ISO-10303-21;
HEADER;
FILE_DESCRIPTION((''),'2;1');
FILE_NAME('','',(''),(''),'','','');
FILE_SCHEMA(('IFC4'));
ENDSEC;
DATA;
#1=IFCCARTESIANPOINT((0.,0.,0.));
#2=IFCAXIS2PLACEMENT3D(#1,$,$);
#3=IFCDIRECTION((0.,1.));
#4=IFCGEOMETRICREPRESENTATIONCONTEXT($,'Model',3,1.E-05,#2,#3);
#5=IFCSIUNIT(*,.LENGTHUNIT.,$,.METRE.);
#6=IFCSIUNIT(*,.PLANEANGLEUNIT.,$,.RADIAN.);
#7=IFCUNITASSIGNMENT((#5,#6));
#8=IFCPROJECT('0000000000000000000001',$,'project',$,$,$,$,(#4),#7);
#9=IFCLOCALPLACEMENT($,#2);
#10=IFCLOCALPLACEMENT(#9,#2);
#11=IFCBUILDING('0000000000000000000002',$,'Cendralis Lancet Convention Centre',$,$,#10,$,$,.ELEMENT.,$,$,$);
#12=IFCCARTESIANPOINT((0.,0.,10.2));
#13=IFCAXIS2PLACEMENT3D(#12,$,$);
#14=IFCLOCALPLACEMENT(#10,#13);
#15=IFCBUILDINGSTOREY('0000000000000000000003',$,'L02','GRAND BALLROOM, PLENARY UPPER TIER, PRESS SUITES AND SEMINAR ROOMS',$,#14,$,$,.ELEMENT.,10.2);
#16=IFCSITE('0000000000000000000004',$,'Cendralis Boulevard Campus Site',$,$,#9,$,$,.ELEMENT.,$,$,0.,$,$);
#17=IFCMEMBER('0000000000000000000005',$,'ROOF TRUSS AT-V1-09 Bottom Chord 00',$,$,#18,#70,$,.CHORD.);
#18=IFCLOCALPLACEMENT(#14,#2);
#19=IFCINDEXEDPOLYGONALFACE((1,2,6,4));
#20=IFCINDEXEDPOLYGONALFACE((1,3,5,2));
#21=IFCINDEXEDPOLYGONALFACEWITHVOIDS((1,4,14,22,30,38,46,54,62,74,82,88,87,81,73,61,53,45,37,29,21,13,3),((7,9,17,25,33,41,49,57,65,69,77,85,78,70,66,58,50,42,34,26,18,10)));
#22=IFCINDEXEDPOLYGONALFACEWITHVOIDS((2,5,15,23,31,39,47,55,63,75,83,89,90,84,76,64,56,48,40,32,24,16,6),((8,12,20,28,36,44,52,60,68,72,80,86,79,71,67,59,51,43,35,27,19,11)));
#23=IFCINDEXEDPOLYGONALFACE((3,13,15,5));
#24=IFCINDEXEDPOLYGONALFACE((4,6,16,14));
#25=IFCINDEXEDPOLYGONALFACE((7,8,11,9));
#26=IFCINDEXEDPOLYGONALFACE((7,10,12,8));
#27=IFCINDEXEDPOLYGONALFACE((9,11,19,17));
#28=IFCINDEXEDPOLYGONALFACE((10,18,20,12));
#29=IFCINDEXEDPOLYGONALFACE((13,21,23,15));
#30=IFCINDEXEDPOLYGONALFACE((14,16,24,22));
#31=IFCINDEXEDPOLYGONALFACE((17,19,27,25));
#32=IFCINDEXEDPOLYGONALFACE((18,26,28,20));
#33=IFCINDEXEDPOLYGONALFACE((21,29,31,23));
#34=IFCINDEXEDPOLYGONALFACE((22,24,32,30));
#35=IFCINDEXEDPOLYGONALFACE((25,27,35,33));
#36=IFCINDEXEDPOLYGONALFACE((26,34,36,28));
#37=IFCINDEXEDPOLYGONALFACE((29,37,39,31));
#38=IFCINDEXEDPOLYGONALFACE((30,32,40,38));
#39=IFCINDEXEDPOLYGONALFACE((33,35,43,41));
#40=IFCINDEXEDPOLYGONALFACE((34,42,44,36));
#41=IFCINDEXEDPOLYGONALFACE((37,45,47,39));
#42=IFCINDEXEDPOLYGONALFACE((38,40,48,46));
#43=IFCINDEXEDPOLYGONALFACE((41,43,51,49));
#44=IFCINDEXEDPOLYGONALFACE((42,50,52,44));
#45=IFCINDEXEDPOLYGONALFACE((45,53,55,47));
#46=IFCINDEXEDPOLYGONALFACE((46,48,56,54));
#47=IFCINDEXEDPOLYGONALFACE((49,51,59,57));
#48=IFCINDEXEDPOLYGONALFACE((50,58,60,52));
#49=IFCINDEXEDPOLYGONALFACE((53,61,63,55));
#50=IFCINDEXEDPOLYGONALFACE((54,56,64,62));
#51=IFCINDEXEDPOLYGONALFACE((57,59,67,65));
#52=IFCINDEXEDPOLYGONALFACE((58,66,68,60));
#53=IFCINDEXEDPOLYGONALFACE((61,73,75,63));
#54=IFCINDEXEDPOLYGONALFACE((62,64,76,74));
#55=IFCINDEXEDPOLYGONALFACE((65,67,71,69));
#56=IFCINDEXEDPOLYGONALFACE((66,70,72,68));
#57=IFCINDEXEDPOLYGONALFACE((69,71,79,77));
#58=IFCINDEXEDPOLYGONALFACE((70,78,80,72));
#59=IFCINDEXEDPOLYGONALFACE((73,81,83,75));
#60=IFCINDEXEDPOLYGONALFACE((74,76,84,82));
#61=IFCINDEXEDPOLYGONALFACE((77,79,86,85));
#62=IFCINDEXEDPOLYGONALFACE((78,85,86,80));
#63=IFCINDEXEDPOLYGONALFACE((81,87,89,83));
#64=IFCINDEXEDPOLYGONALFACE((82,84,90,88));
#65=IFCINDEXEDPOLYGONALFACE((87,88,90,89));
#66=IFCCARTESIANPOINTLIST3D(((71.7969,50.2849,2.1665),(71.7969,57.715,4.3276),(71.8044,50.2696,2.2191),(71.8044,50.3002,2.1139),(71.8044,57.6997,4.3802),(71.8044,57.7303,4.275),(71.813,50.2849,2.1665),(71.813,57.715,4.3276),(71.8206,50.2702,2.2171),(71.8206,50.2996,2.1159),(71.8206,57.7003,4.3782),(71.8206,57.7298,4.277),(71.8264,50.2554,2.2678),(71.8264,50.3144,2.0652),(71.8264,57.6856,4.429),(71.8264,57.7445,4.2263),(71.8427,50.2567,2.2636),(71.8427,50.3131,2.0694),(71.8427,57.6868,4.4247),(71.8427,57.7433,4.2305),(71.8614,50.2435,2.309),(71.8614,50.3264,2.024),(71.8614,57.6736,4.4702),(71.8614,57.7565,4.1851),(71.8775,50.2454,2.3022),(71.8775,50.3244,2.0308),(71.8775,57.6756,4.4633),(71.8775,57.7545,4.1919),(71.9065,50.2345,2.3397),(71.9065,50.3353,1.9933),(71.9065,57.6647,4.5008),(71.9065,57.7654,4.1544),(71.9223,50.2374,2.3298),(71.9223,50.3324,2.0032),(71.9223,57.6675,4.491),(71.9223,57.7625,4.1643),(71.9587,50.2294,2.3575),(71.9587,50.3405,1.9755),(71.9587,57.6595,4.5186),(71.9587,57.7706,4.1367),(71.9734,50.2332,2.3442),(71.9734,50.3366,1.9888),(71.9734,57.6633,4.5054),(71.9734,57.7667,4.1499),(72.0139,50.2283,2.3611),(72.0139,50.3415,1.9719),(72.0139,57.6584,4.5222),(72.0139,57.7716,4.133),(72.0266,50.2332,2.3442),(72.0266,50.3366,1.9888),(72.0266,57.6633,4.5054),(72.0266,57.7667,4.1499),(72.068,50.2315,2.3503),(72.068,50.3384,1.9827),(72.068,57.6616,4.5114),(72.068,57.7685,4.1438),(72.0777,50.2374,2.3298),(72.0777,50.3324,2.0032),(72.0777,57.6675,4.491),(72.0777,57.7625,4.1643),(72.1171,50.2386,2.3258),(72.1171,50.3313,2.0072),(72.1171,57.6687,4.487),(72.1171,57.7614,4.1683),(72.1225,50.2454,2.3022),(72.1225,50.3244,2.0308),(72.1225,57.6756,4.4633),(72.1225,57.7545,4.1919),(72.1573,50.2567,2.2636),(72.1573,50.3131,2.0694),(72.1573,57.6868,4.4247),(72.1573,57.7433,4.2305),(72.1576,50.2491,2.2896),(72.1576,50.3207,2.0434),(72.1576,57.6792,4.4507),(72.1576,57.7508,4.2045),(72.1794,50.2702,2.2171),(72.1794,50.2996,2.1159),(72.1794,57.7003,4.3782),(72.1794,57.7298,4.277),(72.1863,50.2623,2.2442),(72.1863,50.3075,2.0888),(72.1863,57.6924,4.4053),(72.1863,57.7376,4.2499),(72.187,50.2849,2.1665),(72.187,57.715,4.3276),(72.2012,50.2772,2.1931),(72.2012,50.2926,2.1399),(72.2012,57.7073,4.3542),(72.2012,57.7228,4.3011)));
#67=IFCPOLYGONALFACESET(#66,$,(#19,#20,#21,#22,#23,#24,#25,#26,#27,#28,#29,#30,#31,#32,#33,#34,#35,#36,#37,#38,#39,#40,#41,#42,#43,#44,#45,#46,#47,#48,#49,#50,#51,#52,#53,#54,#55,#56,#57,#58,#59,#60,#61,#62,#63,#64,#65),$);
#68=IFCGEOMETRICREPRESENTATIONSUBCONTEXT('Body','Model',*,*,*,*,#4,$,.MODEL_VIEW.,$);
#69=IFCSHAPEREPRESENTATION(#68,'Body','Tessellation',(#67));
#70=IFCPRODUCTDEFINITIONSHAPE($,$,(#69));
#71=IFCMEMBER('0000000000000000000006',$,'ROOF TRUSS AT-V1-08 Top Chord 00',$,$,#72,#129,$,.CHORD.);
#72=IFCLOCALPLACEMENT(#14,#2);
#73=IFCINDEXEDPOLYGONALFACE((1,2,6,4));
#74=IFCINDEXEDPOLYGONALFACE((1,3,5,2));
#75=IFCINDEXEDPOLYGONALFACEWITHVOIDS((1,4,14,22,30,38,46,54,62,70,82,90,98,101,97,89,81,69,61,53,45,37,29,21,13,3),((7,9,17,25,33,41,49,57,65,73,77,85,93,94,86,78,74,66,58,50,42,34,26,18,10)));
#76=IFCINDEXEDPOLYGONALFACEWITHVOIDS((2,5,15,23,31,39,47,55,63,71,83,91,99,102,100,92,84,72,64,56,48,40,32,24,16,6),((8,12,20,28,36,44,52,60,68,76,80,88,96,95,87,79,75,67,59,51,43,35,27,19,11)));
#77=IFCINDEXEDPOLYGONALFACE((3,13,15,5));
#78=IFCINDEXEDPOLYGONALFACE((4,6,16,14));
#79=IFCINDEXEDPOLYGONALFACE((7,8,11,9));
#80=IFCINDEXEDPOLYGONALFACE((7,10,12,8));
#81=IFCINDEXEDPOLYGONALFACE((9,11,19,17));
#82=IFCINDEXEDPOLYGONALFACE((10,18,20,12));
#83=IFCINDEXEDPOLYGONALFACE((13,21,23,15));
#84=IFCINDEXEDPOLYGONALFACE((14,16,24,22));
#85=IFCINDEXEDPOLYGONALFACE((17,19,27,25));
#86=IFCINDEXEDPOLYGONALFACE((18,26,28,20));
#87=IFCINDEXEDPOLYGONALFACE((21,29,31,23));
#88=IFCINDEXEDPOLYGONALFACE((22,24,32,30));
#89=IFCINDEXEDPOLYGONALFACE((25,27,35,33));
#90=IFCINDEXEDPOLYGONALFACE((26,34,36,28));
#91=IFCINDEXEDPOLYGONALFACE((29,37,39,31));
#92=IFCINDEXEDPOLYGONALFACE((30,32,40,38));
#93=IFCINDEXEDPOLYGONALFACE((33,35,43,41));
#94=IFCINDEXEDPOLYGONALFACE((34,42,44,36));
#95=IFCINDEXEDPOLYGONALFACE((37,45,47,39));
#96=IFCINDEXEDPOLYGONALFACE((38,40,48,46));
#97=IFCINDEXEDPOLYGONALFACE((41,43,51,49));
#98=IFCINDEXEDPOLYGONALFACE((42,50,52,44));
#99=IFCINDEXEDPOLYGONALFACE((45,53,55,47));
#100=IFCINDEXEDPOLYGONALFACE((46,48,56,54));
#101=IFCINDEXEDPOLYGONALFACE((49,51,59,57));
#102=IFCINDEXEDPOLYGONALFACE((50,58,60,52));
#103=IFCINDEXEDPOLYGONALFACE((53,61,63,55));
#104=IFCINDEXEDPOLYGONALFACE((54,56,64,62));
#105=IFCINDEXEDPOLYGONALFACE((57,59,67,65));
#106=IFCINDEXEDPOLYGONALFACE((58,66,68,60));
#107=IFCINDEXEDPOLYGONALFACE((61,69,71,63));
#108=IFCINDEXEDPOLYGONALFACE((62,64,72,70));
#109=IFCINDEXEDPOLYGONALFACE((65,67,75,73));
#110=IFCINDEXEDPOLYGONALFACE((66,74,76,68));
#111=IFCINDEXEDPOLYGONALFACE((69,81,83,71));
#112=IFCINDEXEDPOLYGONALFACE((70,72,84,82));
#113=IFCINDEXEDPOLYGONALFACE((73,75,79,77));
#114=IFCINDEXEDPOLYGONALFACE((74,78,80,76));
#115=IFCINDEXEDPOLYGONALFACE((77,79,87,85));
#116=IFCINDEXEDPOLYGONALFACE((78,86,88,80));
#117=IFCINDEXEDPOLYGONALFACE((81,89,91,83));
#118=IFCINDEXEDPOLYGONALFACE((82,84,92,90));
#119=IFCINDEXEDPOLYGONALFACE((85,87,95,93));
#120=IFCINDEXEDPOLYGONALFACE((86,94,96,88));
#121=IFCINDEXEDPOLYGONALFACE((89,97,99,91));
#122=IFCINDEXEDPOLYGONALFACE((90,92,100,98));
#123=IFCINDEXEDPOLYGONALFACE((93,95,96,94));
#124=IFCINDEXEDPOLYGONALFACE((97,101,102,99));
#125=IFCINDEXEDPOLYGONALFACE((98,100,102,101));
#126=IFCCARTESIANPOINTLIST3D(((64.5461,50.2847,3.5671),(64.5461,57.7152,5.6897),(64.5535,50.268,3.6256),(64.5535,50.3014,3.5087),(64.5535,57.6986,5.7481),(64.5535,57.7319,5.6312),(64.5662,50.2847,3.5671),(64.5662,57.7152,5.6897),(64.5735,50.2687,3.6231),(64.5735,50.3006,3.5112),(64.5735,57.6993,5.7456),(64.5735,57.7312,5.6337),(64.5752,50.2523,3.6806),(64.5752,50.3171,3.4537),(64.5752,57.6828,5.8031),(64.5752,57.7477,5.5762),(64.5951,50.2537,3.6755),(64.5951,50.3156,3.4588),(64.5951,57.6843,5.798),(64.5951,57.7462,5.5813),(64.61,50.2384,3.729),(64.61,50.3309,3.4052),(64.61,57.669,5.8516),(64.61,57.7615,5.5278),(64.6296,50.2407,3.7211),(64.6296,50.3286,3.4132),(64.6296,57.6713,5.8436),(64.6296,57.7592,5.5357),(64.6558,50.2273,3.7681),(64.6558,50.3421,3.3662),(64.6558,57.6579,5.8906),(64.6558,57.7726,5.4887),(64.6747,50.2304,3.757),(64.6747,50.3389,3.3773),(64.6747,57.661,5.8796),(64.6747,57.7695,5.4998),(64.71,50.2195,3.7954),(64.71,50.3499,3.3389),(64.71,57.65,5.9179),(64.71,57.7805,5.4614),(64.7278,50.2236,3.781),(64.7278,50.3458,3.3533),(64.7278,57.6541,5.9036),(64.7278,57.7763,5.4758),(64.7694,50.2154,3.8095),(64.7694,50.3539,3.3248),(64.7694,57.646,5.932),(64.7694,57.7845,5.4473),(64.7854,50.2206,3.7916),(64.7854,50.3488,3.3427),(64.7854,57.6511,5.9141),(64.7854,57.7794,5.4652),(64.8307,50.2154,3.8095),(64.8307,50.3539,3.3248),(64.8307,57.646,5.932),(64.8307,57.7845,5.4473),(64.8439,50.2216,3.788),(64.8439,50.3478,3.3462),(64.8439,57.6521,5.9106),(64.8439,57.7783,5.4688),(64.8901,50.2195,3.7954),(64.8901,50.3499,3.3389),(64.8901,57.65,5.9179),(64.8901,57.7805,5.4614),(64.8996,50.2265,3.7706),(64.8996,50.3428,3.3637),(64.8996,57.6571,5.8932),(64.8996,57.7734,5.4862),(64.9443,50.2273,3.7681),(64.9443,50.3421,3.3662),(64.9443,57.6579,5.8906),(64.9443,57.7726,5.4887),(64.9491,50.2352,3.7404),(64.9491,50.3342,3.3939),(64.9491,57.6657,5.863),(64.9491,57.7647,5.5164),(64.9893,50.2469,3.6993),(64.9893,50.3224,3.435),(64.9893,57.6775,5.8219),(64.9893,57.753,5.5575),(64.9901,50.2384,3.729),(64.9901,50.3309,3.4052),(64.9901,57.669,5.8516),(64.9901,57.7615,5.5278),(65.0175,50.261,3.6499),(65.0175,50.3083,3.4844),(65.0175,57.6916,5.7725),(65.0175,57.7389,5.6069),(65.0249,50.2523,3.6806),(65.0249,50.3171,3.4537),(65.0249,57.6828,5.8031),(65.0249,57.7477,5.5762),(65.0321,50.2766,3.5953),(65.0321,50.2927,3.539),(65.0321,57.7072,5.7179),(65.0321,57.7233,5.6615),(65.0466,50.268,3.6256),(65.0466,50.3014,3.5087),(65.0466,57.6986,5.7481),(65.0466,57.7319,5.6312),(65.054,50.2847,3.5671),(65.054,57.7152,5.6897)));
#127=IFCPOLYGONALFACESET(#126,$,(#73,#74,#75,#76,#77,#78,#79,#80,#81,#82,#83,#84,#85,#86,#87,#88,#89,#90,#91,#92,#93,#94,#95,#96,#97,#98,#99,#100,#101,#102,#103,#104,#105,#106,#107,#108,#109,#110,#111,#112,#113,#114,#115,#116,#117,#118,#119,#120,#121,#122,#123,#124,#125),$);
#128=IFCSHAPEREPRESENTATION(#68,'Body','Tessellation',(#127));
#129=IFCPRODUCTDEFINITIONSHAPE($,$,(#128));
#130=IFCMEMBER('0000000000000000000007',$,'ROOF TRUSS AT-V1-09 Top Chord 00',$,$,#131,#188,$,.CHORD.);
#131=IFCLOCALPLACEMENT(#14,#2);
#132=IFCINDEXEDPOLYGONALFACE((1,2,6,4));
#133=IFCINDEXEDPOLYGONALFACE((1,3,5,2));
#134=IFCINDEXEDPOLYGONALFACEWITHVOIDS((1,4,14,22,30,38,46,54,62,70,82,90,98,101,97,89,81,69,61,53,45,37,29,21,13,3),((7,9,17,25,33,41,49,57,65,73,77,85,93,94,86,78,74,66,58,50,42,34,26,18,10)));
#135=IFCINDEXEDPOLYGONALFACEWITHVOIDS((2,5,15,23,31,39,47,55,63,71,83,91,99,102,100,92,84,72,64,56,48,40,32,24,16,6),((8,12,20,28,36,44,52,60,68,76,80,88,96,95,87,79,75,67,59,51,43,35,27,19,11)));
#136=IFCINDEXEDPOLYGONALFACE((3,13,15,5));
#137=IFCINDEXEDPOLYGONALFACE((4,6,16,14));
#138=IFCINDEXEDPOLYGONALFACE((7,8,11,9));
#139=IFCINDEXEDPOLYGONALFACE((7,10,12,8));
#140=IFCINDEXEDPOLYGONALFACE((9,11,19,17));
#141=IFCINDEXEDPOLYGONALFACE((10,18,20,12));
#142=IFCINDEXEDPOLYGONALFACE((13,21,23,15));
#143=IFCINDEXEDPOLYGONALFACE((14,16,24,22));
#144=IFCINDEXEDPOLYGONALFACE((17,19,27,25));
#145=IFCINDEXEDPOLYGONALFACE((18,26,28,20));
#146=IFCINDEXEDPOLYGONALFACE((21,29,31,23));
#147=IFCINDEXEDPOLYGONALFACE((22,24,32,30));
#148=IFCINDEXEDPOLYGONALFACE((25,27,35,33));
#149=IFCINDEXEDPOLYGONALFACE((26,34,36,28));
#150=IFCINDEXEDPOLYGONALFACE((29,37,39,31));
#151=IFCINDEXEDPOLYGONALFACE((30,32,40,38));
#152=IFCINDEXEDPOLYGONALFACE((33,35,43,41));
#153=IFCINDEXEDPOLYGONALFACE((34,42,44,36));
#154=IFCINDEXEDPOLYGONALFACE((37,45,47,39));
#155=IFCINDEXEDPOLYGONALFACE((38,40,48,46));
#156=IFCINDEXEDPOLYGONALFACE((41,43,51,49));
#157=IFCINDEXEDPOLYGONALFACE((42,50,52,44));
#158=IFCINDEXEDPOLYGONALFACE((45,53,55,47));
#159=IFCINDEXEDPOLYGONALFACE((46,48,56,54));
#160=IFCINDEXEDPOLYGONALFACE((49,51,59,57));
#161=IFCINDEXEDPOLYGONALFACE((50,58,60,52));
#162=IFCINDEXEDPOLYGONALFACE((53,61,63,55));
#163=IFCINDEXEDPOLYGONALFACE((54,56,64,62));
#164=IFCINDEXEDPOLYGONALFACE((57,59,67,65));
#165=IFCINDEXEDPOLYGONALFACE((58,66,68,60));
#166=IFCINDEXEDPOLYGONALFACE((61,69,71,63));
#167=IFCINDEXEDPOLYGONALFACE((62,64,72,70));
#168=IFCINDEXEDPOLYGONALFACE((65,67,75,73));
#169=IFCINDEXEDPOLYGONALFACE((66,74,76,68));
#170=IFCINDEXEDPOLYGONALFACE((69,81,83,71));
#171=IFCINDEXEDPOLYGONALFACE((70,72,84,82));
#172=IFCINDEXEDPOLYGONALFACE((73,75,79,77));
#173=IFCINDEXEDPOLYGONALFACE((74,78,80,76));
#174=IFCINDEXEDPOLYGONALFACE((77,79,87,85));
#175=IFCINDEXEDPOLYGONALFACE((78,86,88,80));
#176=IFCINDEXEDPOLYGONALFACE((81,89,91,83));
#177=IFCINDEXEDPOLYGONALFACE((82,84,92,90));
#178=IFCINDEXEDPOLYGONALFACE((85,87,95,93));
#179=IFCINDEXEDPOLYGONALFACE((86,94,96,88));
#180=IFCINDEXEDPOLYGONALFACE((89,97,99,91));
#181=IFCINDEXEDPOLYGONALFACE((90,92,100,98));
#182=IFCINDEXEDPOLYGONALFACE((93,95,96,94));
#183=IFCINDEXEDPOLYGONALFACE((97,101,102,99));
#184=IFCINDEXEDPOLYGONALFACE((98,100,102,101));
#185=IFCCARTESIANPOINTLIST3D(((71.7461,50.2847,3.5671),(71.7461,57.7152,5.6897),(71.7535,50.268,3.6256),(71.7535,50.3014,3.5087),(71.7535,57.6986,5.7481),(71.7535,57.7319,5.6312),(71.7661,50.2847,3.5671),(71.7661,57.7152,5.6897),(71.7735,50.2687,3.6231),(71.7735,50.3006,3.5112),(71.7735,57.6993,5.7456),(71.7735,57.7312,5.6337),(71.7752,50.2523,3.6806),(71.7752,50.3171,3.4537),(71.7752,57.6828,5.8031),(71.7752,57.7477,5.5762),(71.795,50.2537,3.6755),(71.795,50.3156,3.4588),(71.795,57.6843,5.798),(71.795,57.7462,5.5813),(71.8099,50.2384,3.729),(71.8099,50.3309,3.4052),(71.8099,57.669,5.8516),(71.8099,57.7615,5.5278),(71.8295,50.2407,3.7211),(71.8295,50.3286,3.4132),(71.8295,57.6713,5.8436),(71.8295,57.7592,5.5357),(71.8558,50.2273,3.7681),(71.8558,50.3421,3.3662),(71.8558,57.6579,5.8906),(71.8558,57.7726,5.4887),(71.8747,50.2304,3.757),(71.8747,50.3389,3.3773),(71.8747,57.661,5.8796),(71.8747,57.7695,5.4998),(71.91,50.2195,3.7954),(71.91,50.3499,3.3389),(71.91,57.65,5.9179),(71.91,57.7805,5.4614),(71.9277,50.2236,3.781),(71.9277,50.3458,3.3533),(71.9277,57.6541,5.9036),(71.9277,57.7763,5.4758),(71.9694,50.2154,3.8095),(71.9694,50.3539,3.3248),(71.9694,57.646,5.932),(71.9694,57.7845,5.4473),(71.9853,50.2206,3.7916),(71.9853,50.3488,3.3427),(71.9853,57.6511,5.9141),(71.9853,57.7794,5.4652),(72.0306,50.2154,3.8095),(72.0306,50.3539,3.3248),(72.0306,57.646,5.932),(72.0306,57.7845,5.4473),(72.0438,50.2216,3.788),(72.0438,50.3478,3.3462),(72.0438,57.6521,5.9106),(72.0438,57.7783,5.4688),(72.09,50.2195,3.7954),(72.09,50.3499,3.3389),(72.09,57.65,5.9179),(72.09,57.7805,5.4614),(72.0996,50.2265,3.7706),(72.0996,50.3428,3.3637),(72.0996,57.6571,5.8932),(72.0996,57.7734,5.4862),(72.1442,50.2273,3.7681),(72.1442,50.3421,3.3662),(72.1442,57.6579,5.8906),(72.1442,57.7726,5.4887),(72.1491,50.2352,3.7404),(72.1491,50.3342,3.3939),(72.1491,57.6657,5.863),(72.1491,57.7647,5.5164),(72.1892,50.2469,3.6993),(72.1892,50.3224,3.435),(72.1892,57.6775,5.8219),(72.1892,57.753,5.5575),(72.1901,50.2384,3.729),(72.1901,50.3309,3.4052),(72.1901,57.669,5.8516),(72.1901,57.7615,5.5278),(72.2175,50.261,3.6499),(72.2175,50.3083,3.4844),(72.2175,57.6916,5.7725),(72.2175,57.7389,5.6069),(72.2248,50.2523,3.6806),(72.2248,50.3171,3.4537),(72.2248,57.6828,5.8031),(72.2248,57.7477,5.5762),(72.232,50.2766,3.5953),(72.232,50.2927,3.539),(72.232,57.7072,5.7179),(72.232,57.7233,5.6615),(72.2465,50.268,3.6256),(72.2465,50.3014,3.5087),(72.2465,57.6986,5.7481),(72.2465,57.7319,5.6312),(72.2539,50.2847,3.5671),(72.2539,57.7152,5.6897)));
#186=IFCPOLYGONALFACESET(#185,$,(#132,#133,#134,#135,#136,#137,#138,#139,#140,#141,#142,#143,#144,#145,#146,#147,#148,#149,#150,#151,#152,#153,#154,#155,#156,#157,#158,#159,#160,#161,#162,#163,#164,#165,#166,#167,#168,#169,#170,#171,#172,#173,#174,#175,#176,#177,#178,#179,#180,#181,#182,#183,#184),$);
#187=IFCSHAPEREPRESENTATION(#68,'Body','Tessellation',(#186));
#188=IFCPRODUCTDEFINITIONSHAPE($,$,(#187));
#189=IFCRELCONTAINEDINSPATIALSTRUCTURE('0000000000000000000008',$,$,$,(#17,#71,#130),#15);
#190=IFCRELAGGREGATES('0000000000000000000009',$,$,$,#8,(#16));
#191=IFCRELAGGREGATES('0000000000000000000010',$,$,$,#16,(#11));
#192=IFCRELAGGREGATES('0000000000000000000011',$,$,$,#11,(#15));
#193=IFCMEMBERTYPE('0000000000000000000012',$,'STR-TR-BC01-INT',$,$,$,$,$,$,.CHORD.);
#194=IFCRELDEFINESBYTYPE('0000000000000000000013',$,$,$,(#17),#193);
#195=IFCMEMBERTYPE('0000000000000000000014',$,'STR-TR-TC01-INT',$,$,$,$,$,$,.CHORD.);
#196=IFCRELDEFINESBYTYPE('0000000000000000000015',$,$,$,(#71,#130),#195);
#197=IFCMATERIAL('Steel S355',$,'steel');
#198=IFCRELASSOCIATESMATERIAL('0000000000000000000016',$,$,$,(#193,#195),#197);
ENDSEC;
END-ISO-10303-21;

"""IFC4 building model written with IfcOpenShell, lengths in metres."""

from ifc_helpers import new_model, si_unit, direction, frame, origin, origin_2d, place, context, subcontext, project, spatial, hollow_circle, extrude, material, material_profile, profile_set, type_object, element, save


model = new_model("IFC4")

# Units and contexts
model_context = context("Model", 3, precision=1e-05, world=origin(), true_north=direction((0.0, 1.0)))
body_context = subcontext(model_context, "Body", "Model", "MODEL_VIEW")
ifc_project = project(units=[si_unit("LENGTHUNIT", "METRE"), si_unit("PLANEANGLEUNIT", "RADIAN")], contexts=[model_context])

# Site, building, storey
site_placement = place(None, origin())
site = spatial("IfcSite", under=ifc_project, at=site_placement, Name="Cendralis Boulevard Campus Site", CompositionType="ELEMENT", RefElevation=0.0)
building_placement = place(site_placement, origin())
building = spatial("IfcBuilding", under=site, at=building_placement, Name="Cendralis Lancet Convention Centre", CompositionType="ELEMENT")
storey_placement = place(building_placement, frame((0.0, 0.0, 10.2)))
storey = spatial("IfcBuildingStorey", under=building, at=storey_placement, Name="L02", Description="GRAND BALLROOM, PLENARY UPPER TIER, PRESS SUITES AND SEMINAR ROOMS", CompositionType="ELEMENT", Elevation=10.2)

# Shared definitions
ifc_material_1 = material(Name="Steel S355", Category="steel")

# Members
ifc_material_profile_1 = material_profile(ifc_material_1, hollow_circle(Radius=0.2031, WallThickness=0.0161, at=origin_2d()), Name="CHS 406.4x16.0")
ifc_profile_set_1 = profile_set([ifc_material_profile_1], Name="Steel S355")
member_type_1 = type_object("IfcMemberType", Name="STR-TR-BC01-INT", PredefinedType="CHORD", material=ifc_profile_set_1)
for number, where, z_axis, x_axis, name in (
    (1, (72.0, 50.2849, 2.1665), (0.0, 0.960208, 0.279285), (-1.0, 0.0, 0.0), "ROOF TRUSS AT-V1-09 Bottom Chord 00"),
):
    element("IfcMember", number, at=place(storey_placement, frame(where, z_axis=z_axis, x_axis=x_axis)), inside=storey, type_object=member_type_1, Name=name, PredefinedType="CHORD", context=body_context, shape_type="SweptSolid", body=[
        extrude(hollow_circle(Radius=0.2031, WallThickness=0.0161, at=origin_2d()), origin(), (0.0, 0.0, 1.0), 7.738),
    ])
ifc_material_profile_2 = material_profile(ifc_material_1, hollow_circle(Radius=0.2539, WallThickness=0.02, at=origin_2d()), Name="CHS 508.0x20.0")
ifc_profile_set_2 = profile_set([ifc_material_profile_2], Name="Steel S355")
member_type_2 = type_object("IfcMemberType", Name="STR-TR-TC01-INT", PredefinedType="CHORD", material=ifc_profile_set_2)
for number, where, z_axis, x_axis, name in (
    (2, (64.8, 50.2847, 3.5671), (0.0, 0.961541, 0.274663), (-1.0, 0.0, 0.0), "ROOF TRUSS AT-V1-08 Top Chord 00"),
    (3, (72.0, 50.2847, 3.5671), (0.0, 0.961541, 0.274663), (-1.0, 0.0, 0.0), "ROOF TRUSS AT-V1-09 Top Chord 00"),
):
    element("IfcMember", number, at=place(storey_placement, frame(where, z_axis=z_axis, x_axis=x_axis)), inside=storey, type_object=member_type_2, Name=name, PredefinedType="CHORD", context=body_context, shape_type="SweptSolid", body=[
        extrude(hollow_circle(Radius=0.2539, WallThickness=0.02, at=origin_2d()), origin(), (0.0, 0.0, 1.0), 7.7278),
    ])

save(model, "model.ifc")
